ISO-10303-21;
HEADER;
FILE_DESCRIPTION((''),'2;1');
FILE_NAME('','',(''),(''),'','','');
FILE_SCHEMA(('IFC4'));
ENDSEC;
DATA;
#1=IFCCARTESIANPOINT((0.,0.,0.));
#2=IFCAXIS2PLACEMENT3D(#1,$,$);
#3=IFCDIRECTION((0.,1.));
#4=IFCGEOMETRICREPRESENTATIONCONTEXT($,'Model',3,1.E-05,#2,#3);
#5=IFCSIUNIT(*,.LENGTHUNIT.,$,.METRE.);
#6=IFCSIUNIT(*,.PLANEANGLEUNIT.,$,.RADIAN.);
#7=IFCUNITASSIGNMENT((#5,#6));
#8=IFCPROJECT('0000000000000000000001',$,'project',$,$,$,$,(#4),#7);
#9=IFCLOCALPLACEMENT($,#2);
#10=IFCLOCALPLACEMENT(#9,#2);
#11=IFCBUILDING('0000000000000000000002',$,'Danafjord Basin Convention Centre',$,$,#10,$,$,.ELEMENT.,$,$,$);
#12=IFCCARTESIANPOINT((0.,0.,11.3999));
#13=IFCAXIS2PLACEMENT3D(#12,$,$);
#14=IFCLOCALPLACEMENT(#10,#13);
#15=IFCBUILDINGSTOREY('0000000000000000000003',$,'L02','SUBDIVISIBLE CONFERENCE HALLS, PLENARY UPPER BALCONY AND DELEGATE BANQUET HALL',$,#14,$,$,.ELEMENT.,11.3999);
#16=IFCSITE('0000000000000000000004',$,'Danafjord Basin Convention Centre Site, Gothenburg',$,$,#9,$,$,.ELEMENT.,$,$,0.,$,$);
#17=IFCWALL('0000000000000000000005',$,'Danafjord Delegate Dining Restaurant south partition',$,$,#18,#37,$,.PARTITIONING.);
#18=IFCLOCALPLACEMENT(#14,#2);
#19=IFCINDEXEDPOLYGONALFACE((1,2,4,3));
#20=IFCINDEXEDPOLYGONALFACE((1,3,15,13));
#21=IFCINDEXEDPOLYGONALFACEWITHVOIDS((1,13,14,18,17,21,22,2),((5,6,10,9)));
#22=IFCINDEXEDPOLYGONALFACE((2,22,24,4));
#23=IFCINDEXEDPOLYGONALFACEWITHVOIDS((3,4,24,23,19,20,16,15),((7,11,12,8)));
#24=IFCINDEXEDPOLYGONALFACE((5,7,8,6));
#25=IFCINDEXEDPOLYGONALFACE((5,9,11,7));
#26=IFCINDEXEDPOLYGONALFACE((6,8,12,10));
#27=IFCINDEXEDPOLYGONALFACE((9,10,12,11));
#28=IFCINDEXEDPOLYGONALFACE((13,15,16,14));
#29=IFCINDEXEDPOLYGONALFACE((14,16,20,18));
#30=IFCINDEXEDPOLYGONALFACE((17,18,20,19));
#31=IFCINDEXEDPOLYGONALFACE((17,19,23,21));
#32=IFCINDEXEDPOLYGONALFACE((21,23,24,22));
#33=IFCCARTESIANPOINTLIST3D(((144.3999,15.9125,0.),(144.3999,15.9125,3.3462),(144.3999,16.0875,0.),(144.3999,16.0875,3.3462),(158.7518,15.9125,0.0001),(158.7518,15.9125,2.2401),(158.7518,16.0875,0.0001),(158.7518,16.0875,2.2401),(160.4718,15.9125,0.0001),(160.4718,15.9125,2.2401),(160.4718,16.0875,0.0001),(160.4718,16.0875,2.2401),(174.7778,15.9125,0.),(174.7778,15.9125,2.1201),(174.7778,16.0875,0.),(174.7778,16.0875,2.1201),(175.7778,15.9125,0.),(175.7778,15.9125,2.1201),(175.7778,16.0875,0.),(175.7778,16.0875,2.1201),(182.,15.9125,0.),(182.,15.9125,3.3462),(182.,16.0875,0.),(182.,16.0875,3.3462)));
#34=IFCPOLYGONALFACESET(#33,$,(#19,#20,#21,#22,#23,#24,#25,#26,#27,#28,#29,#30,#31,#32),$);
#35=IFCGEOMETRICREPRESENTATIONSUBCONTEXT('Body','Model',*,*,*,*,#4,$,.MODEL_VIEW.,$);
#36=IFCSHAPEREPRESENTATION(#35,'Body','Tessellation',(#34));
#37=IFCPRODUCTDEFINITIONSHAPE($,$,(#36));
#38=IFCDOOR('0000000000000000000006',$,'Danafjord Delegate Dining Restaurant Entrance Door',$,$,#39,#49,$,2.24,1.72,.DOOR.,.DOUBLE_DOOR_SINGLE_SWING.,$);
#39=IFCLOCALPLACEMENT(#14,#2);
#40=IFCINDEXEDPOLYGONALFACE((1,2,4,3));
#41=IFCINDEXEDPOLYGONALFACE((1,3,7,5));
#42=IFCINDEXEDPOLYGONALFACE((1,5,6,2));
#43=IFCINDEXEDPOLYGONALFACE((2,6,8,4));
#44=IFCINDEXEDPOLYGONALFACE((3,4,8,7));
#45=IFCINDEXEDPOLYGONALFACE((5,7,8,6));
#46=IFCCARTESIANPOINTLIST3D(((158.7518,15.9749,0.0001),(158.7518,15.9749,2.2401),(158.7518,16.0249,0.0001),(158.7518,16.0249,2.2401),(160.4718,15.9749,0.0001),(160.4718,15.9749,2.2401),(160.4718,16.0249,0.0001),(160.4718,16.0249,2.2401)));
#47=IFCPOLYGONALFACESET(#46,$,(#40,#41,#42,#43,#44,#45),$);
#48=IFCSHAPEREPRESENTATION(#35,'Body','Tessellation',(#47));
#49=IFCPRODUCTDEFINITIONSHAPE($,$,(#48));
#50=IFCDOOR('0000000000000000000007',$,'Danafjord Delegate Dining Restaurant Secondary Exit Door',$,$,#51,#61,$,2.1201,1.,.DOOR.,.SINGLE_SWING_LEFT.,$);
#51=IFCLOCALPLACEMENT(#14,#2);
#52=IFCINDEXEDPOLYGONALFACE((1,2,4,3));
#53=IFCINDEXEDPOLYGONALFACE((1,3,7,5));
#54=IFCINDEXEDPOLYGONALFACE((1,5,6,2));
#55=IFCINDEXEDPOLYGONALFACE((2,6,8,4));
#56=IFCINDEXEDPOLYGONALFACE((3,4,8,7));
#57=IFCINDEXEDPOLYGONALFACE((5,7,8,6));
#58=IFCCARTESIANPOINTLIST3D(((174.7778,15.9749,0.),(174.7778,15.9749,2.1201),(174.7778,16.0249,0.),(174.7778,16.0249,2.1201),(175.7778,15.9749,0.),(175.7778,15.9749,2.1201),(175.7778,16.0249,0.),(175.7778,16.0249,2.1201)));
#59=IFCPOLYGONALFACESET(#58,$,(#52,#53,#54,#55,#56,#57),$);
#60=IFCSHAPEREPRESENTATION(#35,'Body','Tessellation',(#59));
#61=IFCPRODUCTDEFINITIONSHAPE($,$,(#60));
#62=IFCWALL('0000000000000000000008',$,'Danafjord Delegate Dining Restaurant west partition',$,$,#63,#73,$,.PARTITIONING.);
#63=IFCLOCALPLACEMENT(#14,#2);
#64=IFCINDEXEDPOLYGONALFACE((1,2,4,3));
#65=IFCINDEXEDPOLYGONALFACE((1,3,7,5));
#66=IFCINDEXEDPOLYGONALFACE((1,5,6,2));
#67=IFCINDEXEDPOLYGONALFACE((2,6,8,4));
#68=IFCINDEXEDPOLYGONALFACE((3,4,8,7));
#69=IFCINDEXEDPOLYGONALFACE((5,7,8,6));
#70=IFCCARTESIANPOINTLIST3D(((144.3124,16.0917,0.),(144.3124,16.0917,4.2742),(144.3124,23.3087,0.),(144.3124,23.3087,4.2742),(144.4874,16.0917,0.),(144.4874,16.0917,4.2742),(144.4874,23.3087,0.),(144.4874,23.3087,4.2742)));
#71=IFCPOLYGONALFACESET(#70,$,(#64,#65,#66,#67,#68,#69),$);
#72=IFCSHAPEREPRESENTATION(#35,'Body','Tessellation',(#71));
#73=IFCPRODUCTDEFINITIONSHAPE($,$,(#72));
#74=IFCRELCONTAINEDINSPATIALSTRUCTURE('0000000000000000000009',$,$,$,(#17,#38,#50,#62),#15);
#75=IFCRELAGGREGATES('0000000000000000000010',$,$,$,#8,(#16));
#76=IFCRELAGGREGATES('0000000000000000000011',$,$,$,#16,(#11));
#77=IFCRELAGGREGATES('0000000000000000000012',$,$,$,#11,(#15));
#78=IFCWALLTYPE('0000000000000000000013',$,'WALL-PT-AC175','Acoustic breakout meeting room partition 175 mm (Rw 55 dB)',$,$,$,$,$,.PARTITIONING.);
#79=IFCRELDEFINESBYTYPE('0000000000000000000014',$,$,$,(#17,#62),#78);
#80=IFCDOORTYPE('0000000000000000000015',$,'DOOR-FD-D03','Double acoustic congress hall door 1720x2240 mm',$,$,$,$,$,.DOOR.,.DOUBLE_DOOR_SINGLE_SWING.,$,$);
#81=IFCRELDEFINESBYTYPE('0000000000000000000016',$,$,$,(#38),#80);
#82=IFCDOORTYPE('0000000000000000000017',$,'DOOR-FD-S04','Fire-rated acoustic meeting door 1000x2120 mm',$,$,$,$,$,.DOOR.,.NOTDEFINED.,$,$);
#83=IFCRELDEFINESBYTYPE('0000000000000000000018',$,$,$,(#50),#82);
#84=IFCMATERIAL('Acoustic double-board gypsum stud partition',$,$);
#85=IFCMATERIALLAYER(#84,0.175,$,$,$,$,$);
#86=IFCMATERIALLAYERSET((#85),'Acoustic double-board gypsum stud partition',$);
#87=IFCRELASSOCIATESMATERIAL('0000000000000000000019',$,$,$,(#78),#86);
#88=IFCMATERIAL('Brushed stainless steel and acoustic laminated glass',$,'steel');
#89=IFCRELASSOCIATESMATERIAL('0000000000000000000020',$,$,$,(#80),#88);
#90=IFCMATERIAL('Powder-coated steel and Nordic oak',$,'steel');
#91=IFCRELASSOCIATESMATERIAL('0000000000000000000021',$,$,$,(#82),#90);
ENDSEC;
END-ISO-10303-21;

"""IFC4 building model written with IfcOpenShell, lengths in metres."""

from ifc_helpers import new_model, si_unit, direction, frame, frame_2d, origin, place, context, subcontext, project, spatial, rectangle, extrude, material, layer, layer_set, type_object, element, fill, save


model = new_model("IFC4")

# Units and contexts
model_context = context("Model", 3, precision=1e-05, world=origin(), true_north=direction((0.0, 1.0)))
body_context = subcontext(model_context, "Body", "Model", "MODEL_VIEW")
ifc_project = project(units=[si_unit("LENGTHUNIT", "METRE"), si_unit("PLANEANGLEUNIT", "RADIAN")], contexts=[model_context])

# Site, building, storey
site_placement = place(None, origin())
site = spatial("IfcSite", under=ifc_project, at=site_placement, Name="Danafjord Basin Convention Centre Site, Gothenburg", CompositionType="ELEMENT", RefElevation=0.0)
building_placement = place(site_placement, origin())
building = spatial("IfcBuilding", under=site, at=building_placement, Name="Danafjord Basin Convention Centre", CompositionType="ELEMENT")
storey_placement = place(building_placement, frame((0.0, 0.0, 11.3999)))
storey = spatial("IfcBuildingStorey", under=building, at=storey_placement, Name="L02", Description="SUBDIVISIBLE CONFERENCE HALLS, PLENARY UPPER BALCONY AND DELEGATE BANQUET HALL", CompositionType="ELEMENT", Elevation=11.3999)

# Shared definitions
ifc_material_1 = material(Name="Powder-coated steel and Nordic oak", Category="steel")

# Wall, openings, doors
ifc_material_2 = material(Name="Acoustic double-board gypsum stud partition")
ifc_layer_1 = layer(ifc_material_2, 0.175)
ifc_layer_set_1 = layer_set([ifc_layer_1], Name="Acoustic double-board gypsum stud partition")
wall_type_1 = type_object("IfcWallType", Name="WALL-PT-AC175", Description="Acoustic breakout meeting room partition 175 mm (Rw 55 dB)", PredefinedType="PARTITIONING", material=ifc_layer_set_1)
wall_1_placement = place(storey_placement, frame((144.3999, 16.0, 0.0), z_axis=(0.0, 0.0, 1.0), x_axis=(1.0, 0.0, 0.0)))
wall_1 = element("IfcWall", 1, at=wall_1_placement, inside=storey, type_object=wall_type_1, Name="Danafjord Delegate Dining Restaurant south partition", PredefinedType="PARTITIONING", context=body_context, shape_type="SweptSolid", body=[
    extrude(rectangle(XDim=37.6001, YDim=0.175, at=frame_2d((18.8, 0.0))), origin(), (0.0, 0.0, 1.0), 3.3462),
])
opening_1_placement = place(wall_1_placement, frame((14.3521, 0.0, 0.0)))
opening_1 = element("IfcOpeningElement", 2, at=opening_1_placement, cuts=wall_1, PredefinedType="OPENING", context=body_context, shape_type="SweptSolid", body=[
    extrude(rectangle(XDim=1.72, YDim=2.24, at=frame_2d((0.8599, 1.1201))), frame((0.0, 0.0974, 0.0), z_axis=(0.0, -1.0, 0.0), x_axis=(1.0, 0.0, 0.0)), (0.0, 0.0, 1.0), 0.1951),
])
opening_2_placement = place(wall_1_placement, frame((30.3779, 0.0, 0.0)))
opening_2 = element("IfcOpeningElement", 3, at=opening_2_placement, cuts=wall_1, PredefinedType="OPENING", context=body_context, shape_type="SweptSolid", body=[
    extrude(rectangle(XDim=1.0, YDim=2.1201, at=frame_2d((0.5, 1.0601))), frame((0.0, 0.0974, 0.0), z_axis=(0.0, -1.0, 0.0), x_axis=(1.0, 0.0, 0.0)), (0.0, 0.0, 1.0), 0.1951),
])
ifc_material_3 = material(Name="Brushed stainless steel and acoustic laminated glass", Category="steel")
door_type_1 = type_object("IfcDoorType", Name="DOOR-FD-D03", Description="Double acoustic congress hall door 1720x2240 mm", OperationType="DOUBLE_DOOR_SINGLE_SWING", PredefinedType="DOOR", material=ifc_material_3)
door_1_placement = place(opening_1_placement, origin())
door_1 = element("IfcDoor", 4, at=door_1_placement, inside=storey, type_object=door_type_1, Name="Danafjord Delegate Dining Restaurant Entrance Door", OperationType="DOUBLE_DOOR_SINGLE_SWING", OverallHeight=2.24, OverallWidth=1.72, PredefinedType="DOOR", context=body_context, shape_type="SweptSolid", body=[
    extrude(rectangle(XDim=1.72, YDim=2.24, at=frame_2d((0.8599, 1.1201))), frame((0.0, 0.0249, 0.0), z_axis=(0.0, -1.0, 0.0), x_axis=(1.0, 0.0, 0.0)), (0.0, 0.0, 1.0), 0.05),
])
fill(opening_1, door_1)
door_type_2 = type_object("IfcDoorType", Name="DOOR-FD-S04", Description="Fire-rated acoustic meeting door 1000x2120 mm", OperationType="NOTDEFINED", PredefinedType="DOOR", material=ifc_material_1)
door_2_placement = place(opening_2_placement, origin())
door_2 = element("IfcDoor", 5, at=door_2_placement, inside=storey, type_object=door_type_2, Name="Danafjord Delegate Dining Restaurant Secondary Exit Door", OperationType="SINGLE_SWING_LEFT", OverallHeight=2.1201, OverallWidth=1.0, PredefinedType="DOOR", context=body_context, shape_type="SweptSolid", body=[
    extrude(rectangle(XDim=1.0, YDim=2.1201, at=frame_2d((0.5, 1.0601))), frame((0.0, 0.0249, 0.0), z_axis=(0.0, -1.0, 0.0), x_axis=(1.0, 0.0, 0.0)), (0.0, 0.0, 1.0), 0.05),
])
fill(opening_2, door_2)

# Wall
wall_2_placement = place(storey_placement, frame((144.3999, 23.3086, 0.0), z_axis=(0.0, 0.0, 1.0), x_axis=(0.0, -1.0, 0.0)))
element("IfcWall", 6, at=wall_2_placement, inside=storey, type_object=wall_type_1, Name="Danafjord Delegate Dining Restaurant west partition", PredefinedType="PARTITIONING", context=body_context, shape_type="SweptSolid", body=[
    extrude(rectangle(XDim=7.217, YDim=0.175, at=frame_2d((3.6084, 0.0))), origin(), (0.0, 0.0, 1.0), 4.2742),
])

save(model, "model.ifc")
